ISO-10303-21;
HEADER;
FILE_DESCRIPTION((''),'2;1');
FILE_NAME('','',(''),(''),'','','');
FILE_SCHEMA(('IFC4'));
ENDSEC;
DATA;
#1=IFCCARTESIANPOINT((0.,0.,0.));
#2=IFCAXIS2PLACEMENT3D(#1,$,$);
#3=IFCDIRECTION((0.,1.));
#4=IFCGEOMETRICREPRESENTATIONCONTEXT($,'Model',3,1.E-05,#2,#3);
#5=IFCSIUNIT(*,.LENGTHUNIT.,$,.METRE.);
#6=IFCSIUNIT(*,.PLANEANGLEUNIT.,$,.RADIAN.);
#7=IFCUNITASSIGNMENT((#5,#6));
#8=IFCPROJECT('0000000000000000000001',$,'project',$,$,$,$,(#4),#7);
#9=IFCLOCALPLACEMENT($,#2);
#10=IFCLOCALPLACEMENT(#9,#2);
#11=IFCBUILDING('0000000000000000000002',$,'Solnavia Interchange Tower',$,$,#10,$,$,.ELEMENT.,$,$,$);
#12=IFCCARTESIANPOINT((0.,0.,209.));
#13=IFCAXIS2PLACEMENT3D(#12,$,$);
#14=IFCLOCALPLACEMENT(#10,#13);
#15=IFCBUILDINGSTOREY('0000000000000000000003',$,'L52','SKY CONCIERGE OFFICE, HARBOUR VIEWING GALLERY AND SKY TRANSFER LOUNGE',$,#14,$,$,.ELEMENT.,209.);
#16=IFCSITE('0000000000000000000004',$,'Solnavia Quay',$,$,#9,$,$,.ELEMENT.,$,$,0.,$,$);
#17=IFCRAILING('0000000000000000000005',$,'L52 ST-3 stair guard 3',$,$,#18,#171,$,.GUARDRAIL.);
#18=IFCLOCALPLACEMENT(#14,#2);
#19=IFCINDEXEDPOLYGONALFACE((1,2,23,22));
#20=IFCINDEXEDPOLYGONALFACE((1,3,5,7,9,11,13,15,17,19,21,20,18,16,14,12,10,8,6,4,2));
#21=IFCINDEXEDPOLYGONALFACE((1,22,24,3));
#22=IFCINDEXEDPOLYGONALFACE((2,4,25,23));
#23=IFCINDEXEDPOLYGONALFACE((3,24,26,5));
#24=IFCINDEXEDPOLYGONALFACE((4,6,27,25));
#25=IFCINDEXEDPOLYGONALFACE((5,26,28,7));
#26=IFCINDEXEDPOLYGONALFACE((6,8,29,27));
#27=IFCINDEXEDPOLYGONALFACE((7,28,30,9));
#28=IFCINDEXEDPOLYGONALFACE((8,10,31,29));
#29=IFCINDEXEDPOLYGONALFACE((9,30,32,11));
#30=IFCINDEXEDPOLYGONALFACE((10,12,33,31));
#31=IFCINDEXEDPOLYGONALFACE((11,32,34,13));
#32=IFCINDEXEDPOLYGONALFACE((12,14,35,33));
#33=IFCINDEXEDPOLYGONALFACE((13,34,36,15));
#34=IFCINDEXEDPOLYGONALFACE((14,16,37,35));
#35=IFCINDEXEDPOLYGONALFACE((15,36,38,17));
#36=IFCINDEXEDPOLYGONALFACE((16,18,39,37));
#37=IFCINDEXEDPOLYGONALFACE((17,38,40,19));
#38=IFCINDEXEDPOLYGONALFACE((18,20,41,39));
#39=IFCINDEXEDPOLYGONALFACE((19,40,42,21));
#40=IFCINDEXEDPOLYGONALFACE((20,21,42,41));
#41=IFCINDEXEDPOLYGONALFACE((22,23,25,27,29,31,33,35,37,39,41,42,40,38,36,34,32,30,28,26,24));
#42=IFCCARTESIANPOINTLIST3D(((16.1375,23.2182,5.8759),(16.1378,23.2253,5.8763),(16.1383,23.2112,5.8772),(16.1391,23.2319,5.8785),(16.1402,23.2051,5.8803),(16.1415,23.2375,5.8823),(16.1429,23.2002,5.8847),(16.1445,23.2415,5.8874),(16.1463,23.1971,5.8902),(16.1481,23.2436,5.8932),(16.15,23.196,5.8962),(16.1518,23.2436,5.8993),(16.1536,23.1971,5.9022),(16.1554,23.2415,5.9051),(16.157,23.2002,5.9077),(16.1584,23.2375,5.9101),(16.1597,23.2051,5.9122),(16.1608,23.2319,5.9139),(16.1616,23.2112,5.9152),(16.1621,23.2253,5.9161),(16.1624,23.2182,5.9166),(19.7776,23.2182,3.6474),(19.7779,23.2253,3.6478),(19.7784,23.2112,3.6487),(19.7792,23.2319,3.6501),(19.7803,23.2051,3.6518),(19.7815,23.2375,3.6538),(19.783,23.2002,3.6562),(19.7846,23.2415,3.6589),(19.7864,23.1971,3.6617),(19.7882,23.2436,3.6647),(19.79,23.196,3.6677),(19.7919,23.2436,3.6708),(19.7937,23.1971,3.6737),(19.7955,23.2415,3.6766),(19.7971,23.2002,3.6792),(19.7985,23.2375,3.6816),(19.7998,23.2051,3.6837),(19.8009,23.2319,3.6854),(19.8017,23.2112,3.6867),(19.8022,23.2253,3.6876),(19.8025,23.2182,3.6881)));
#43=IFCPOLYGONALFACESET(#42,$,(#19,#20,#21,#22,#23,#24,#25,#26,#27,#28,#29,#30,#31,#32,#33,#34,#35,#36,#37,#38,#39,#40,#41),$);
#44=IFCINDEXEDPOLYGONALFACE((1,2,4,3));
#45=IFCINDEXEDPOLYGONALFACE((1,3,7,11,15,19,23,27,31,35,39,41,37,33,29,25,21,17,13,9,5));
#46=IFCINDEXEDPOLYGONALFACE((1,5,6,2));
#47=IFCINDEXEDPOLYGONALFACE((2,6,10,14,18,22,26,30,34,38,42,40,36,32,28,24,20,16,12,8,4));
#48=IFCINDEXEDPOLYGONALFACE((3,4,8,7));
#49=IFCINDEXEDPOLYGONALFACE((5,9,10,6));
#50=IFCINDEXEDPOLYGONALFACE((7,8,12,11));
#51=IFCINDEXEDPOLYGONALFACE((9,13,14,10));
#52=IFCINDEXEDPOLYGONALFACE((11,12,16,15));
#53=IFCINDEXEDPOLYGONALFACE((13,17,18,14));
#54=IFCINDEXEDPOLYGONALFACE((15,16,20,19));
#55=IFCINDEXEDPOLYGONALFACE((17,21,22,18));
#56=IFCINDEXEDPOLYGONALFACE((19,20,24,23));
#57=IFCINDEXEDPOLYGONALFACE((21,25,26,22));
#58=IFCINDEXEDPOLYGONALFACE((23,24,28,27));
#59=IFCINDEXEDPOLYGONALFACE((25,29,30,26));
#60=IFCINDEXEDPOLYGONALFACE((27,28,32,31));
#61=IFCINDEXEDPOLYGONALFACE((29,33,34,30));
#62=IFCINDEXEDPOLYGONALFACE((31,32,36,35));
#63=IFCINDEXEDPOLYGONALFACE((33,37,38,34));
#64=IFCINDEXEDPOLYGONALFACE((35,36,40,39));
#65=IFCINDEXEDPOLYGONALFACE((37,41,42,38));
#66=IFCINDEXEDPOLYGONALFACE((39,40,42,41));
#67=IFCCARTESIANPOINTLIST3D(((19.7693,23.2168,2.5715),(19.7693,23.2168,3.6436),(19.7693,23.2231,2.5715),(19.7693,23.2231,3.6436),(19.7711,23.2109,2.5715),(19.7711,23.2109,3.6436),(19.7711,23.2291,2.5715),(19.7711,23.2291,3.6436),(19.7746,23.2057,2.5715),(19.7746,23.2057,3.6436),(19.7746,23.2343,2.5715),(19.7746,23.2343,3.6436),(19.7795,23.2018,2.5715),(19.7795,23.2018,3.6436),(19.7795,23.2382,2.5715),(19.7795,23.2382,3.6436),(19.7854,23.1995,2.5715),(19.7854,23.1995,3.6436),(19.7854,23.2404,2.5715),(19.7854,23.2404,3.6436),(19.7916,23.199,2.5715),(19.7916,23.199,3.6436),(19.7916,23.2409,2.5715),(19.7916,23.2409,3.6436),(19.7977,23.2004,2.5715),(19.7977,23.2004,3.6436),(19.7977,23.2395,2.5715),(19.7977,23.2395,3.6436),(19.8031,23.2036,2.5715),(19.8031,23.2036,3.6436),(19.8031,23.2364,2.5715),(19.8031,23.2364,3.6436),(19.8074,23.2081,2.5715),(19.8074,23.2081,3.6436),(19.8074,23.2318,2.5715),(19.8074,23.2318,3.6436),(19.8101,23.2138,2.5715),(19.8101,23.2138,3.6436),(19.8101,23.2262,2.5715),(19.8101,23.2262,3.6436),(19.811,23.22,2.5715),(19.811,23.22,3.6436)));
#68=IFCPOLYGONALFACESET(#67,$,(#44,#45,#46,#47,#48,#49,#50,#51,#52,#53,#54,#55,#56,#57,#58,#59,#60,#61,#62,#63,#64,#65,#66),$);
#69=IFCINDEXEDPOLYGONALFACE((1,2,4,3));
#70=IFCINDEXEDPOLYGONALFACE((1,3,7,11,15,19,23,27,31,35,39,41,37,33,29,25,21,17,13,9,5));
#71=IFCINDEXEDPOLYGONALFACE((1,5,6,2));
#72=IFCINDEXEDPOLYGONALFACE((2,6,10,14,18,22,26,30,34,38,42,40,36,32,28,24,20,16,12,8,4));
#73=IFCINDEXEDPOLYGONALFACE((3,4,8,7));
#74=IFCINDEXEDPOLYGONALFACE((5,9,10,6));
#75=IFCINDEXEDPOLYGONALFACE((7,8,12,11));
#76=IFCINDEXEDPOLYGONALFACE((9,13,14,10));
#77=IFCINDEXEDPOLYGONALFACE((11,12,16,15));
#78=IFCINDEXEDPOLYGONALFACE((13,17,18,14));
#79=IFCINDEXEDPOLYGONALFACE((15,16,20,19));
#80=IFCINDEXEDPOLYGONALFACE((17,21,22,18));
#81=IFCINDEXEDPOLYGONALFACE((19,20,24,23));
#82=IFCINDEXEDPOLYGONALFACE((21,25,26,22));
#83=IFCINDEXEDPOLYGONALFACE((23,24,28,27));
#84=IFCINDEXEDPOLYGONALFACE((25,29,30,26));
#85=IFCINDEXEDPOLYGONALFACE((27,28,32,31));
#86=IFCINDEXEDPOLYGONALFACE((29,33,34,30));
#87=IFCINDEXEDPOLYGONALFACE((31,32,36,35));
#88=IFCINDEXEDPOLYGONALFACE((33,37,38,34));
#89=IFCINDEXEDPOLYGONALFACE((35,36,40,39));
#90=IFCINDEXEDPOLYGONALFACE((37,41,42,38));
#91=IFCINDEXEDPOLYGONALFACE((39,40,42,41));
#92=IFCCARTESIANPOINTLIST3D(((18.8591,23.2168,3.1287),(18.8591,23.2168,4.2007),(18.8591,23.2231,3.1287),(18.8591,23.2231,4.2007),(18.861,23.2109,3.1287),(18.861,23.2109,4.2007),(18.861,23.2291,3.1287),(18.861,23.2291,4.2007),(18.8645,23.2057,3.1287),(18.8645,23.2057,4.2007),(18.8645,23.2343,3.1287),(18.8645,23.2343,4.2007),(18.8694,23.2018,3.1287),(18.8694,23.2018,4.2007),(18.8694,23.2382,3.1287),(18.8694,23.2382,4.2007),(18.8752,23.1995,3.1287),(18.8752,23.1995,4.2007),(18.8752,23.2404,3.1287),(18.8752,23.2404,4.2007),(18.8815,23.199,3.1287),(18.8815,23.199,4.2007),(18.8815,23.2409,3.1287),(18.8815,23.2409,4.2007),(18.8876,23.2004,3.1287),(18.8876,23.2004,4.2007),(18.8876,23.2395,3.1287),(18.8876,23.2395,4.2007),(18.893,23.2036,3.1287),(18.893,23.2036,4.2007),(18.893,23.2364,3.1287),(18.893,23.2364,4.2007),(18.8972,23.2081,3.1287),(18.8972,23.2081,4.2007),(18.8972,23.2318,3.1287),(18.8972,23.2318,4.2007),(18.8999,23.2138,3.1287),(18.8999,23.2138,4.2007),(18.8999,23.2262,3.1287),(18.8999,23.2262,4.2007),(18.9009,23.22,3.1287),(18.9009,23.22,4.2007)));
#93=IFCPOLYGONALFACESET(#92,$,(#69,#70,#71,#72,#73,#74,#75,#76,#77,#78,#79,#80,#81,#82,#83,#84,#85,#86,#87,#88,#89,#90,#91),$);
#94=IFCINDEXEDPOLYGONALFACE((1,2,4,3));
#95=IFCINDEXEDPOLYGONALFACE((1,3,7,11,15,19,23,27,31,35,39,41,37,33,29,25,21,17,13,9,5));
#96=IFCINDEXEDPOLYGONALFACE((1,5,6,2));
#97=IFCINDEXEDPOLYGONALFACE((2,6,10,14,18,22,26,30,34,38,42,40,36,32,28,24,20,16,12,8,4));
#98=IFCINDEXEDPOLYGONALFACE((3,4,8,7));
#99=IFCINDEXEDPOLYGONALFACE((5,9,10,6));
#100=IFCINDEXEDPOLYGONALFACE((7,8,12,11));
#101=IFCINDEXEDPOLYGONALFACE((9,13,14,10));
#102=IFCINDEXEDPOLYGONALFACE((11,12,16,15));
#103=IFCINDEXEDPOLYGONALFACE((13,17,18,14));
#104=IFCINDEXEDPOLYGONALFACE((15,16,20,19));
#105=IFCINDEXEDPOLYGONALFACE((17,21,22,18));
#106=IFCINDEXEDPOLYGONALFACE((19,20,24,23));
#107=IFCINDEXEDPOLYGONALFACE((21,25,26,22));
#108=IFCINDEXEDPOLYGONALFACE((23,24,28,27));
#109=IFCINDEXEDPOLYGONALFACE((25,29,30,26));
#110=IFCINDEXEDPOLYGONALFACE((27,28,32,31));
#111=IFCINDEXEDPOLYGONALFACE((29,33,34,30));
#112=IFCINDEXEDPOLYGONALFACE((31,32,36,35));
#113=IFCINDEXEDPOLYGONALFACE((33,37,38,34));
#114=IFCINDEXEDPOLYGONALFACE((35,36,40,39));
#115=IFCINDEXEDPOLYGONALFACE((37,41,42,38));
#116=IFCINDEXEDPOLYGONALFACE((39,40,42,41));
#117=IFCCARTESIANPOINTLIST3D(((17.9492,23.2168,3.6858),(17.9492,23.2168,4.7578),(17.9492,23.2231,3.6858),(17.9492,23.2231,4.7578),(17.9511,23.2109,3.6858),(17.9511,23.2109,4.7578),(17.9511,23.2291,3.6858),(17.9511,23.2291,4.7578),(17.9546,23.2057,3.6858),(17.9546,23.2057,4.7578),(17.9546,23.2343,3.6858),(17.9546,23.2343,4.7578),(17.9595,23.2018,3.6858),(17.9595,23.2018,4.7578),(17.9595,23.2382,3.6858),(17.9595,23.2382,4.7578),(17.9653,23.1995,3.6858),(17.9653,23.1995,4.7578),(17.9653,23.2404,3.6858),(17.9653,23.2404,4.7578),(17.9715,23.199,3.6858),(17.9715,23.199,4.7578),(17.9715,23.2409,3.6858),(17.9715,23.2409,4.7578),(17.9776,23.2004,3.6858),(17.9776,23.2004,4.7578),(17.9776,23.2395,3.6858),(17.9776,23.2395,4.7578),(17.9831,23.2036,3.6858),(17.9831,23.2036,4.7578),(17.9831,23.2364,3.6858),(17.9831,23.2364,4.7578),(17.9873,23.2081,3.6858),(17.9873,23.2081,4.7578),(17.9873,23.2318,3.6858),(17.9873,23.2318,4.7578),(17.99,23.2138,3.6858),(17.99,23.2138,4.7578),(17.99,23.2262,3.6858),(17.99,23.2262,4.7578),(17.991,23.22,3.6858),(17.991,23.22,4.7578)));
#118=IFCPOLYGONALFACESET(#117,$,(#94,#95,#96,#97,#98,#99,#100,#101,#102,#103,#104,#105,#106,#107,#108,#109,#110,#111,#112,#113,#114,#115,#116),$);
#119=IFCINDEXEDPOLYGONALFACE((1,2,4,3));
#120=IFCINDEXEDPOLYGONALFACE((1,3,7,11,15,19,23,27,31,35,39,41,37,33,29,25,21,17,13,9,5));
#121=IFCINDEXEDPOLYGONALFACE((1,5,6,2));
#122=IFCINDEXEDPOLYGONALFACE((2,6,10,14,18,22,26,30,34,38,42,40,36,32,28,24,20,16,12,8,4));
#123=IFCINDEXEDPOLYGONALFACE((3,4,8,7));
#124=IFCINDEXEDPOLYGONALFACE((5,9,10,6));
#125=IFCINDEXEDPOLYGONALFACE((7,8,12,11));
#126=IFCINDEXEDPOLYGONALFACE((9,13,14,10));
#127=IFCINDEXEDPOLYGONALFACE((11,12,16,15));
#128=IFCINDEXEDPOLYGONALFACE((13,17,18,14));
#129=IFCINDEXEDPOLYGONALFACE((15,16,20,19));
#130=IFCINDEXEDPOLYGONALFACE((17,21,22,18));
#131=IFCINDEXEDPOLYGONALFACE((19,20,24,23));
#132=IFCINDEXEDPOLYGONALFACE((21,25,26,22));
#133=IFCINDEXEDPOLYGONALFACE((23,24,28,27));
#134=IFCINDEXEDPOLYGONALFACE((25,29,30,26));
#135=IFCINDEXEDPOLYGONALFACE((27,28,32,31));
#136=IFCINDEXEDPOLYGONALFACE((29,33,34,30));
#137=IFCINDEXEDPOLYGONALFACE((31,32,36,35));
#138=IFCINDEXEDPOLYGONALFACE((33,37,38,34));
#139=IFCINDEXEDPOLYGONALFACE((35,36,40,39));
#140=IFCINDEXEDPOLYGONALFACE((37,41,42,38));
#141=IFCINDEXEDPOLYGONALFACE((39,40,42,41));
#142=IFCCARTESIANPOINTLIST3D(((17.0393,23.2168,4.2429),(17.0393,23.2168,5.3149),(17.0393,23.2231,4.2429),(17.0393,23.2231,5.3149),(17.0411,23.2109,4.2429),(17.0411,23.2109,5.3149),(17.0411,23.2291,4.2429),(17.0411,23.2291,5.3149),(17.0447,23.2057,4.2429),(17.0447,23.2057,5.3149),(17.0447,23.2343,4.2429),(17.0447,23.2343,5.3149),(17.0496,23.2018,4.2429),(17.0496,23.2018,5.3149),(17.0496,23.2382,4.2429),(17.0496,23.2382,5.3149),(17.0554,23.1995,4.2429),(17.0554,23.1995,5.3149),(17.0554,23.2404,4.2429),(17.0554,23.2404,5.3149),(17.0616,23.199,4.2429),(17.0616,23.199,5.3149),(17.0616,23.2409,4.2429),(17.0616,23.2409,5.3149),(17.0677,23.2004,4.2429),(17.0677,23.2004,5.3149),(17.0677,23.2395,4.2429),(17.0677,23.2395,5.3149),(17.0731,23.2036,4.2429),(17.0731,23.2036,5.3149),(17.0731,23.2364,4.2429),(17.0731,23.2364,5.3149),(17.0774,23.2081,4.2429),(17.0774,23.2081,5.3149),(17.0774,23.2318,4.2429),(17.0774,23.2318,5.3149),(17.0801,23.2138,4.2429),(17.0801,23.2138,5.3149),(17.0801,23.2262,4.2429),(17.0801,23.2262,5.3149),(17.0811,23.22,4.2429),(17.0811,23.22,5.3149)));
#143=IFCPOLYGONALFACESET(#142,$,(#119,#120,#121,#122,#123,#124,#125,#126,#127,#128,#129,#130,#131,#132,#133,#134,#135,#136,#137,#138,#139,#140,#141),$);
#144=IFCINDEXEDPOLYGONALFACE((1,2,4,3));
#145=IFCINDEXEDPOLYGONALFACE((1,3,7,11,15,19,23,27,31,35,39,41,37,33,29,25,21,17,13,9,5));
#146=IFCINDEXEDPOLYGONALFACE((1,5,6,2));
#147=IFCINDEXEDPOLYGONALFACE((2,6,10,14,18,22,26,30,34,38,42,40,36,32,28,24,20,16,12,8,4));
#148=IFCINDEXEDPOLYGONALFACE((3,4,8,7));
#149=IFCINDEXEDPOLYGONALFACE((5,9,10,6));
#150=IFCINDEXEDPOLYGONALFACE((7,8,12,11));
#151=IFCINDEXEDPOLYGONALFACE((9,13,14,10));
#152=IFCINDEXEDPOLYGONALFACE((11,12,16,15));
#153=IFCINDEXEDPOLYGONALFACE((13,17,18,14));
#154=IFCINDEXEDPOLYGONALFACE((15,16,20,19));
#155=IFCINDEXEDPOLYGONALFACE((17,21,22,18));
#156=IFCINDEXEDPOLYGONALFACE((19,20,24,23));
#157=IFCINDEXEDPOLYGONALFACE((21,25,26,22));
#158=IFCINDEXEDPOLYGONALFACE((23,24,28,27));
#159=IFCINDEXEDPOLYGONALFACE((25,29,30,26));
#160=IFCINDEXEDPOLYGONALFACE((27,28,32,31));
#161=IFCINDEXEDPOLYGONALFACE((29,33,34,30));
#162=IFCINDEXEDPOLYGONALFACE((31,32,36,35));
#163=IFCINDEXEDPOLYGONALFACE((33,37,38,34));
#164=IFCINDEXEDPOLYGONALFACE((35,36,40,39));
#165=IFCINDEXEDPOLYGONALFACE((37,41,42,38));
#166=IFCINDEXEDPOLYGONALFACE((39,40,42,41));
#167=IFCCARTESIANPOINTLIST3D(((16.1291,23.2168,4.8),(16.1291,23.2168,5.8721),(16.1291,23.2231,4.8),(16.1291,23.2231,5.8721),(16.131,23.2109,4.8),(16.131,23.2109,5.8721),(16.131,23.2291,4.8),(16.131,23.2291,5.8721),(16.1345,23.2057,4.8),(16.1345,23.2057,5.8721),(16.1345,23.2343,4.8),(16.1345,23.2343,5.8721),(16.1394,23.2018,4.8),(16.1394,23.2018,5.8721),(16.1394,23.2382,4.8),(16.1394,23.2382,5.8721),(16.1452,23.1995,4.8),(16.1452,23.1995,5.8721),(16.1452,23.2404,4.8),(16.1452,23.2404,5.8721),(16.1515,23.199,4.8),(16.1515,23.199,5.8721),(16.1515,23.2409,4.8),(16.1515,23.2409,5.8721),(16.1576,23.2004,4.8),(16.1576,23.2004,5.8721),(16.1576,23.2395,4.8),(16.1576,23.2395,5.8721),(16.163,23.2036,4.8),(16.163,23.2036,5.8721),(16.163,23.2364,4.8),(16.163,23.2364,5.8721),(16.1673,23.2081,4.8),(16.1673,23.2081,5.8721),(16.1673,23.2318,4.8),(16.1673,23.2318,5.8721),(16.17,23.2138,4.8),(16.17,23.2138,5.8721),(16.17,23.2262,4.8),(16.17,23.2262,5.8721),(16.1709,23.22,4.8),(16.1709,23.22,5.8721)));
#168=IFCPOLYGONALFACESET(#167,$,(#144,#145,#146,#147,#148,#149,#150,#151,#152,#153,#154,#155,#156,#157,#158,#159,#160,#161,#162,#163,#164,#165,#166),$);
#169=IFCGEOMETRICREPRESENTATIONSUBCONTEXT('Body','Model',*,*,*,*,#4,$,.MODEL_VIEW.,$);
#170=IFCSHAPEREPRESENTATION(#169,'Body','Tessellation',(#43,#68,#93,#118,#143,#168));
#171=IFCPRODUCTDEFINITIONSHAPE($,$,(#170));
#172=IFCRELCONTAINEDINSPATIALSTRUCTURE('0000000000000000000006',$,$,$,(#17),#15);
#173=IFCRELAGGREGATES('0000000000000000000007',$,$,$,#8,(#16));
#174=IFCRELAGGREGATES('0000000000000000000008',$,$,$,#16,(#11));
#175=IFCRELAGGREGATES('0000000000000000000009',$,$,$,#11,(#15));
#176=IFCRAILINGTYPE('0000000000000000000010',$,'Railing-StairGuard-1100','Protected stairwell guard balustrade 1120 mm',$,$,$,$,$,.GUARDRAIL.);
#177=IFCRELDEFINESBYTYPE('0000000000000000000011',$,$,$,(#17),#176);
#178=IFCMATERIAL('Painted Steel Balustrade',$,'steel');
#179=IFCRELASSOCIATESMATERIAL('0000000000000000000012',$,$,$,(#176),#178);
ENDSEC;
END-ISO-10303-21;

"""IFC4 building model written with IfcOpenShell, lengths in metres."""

from ifc_helpers import new_model, si_unit, direction, frame, origin, origin_2d, place, context, subcontext, project, spatial, circle, extrude, material, type_object, element, save


model = new_model("IFC4")

# Units and contexts
model_context = context("Model", 3, precision=1e-05, world=origin(), true_north=direction((0.0, 1.0)))
body_context = subcontext(model_context, "Body", "Model", "MODEL_VIEW")
ifc_project = project(units=[si_unit("LENGTHUNIT", "METRE"), si_unit("PLANEANGLEUNIT", "RADIAN")], contexts=[model_context])

# Site, building, storey
site_placement = place(None, origin())
site = spatial("IfcSite", under=ifc_project, at=site_placement, Name="Solnavia Quay", CompositionType="ELEMENT", RefElevation=0.0)
building_placement = place(site_placement, origin())
building = spatial("IfcBuilding", under=site, at=building_placement, Name="Solnavia Interchange Tower", CompositionType="ELEMENT")
storey_placement = place(building_placement, frame((0.0, 0.0, 209.0)))
storey = spatial("IfcBuildingStorey", under=building, at=storey_placement, Name="L52", Description="SKY CONCIERGE OFFICE, HARBOUR VIEWING GALLERY AND SKY TRANSFER LOUNGE", CompositionType="ELEMENT", Elevation=209.0)

# Railing
ifc_material_1 = material(Name="Painted Steel Balustrade", Category="steel")
railing_type_1 = type_object("IfcRailingType", Name="Railing-StairGuard-1100", Description="Protected stairwell guard balustrade 1120 mm", PredefinedType="GUARDRAIL", material=ifc_material_1)
railing_1_placement = place(storey_placement, frame((19.79, 23.22, 2.5715)))
element("IfcRailing", 1, at=railing_1_placement, inside=storey, type_object=railing_type_1, Name="L52 ST-3 stair guard 3", PredefinedType="GUARDRAIL", context=body_context, shape_type="SweptSolid", body=[
    extrude(circle(Radius=0.0239, at=origin_2d()), frame((0.0, 0.0, 1.0962), z_axis=(-0.852866, 0.0, 0.52213), x_axis=(0.0, -1.0, 0.0)), (0.0, 0.0, 1.0), 4.2681),
    extrude(circle(Radius=0.021, at=origin_2d()), origin(), (0.0, 0.0, 1.0), 1.072),
    extrude(circle(Radius=0.021, at=origin_2d()), frame((-0.9102, 0.0, 0.5571)), (0.0, 0.0, 1.0), 1.072),
    extrude(circle(Radius=0.021, at=origin_2d()), frame((-1.8201, 0.0, 1.1143)), (0.0, 0.0, 1.0), 1.072),
    extrude(circle(Radius=0.021, at=origin_2d()), frame((-2.73, 0.0, 1.6714)), (0.0, 0.0, 1.0), 1.072),
    extrude(circle(Radius=0.021, at=origin_2d()), frame((-3.6401, 0.0, 2.2285)), (0.0, 0.0, 1.0), 1.072),
])

save(model, "model.ifc")
